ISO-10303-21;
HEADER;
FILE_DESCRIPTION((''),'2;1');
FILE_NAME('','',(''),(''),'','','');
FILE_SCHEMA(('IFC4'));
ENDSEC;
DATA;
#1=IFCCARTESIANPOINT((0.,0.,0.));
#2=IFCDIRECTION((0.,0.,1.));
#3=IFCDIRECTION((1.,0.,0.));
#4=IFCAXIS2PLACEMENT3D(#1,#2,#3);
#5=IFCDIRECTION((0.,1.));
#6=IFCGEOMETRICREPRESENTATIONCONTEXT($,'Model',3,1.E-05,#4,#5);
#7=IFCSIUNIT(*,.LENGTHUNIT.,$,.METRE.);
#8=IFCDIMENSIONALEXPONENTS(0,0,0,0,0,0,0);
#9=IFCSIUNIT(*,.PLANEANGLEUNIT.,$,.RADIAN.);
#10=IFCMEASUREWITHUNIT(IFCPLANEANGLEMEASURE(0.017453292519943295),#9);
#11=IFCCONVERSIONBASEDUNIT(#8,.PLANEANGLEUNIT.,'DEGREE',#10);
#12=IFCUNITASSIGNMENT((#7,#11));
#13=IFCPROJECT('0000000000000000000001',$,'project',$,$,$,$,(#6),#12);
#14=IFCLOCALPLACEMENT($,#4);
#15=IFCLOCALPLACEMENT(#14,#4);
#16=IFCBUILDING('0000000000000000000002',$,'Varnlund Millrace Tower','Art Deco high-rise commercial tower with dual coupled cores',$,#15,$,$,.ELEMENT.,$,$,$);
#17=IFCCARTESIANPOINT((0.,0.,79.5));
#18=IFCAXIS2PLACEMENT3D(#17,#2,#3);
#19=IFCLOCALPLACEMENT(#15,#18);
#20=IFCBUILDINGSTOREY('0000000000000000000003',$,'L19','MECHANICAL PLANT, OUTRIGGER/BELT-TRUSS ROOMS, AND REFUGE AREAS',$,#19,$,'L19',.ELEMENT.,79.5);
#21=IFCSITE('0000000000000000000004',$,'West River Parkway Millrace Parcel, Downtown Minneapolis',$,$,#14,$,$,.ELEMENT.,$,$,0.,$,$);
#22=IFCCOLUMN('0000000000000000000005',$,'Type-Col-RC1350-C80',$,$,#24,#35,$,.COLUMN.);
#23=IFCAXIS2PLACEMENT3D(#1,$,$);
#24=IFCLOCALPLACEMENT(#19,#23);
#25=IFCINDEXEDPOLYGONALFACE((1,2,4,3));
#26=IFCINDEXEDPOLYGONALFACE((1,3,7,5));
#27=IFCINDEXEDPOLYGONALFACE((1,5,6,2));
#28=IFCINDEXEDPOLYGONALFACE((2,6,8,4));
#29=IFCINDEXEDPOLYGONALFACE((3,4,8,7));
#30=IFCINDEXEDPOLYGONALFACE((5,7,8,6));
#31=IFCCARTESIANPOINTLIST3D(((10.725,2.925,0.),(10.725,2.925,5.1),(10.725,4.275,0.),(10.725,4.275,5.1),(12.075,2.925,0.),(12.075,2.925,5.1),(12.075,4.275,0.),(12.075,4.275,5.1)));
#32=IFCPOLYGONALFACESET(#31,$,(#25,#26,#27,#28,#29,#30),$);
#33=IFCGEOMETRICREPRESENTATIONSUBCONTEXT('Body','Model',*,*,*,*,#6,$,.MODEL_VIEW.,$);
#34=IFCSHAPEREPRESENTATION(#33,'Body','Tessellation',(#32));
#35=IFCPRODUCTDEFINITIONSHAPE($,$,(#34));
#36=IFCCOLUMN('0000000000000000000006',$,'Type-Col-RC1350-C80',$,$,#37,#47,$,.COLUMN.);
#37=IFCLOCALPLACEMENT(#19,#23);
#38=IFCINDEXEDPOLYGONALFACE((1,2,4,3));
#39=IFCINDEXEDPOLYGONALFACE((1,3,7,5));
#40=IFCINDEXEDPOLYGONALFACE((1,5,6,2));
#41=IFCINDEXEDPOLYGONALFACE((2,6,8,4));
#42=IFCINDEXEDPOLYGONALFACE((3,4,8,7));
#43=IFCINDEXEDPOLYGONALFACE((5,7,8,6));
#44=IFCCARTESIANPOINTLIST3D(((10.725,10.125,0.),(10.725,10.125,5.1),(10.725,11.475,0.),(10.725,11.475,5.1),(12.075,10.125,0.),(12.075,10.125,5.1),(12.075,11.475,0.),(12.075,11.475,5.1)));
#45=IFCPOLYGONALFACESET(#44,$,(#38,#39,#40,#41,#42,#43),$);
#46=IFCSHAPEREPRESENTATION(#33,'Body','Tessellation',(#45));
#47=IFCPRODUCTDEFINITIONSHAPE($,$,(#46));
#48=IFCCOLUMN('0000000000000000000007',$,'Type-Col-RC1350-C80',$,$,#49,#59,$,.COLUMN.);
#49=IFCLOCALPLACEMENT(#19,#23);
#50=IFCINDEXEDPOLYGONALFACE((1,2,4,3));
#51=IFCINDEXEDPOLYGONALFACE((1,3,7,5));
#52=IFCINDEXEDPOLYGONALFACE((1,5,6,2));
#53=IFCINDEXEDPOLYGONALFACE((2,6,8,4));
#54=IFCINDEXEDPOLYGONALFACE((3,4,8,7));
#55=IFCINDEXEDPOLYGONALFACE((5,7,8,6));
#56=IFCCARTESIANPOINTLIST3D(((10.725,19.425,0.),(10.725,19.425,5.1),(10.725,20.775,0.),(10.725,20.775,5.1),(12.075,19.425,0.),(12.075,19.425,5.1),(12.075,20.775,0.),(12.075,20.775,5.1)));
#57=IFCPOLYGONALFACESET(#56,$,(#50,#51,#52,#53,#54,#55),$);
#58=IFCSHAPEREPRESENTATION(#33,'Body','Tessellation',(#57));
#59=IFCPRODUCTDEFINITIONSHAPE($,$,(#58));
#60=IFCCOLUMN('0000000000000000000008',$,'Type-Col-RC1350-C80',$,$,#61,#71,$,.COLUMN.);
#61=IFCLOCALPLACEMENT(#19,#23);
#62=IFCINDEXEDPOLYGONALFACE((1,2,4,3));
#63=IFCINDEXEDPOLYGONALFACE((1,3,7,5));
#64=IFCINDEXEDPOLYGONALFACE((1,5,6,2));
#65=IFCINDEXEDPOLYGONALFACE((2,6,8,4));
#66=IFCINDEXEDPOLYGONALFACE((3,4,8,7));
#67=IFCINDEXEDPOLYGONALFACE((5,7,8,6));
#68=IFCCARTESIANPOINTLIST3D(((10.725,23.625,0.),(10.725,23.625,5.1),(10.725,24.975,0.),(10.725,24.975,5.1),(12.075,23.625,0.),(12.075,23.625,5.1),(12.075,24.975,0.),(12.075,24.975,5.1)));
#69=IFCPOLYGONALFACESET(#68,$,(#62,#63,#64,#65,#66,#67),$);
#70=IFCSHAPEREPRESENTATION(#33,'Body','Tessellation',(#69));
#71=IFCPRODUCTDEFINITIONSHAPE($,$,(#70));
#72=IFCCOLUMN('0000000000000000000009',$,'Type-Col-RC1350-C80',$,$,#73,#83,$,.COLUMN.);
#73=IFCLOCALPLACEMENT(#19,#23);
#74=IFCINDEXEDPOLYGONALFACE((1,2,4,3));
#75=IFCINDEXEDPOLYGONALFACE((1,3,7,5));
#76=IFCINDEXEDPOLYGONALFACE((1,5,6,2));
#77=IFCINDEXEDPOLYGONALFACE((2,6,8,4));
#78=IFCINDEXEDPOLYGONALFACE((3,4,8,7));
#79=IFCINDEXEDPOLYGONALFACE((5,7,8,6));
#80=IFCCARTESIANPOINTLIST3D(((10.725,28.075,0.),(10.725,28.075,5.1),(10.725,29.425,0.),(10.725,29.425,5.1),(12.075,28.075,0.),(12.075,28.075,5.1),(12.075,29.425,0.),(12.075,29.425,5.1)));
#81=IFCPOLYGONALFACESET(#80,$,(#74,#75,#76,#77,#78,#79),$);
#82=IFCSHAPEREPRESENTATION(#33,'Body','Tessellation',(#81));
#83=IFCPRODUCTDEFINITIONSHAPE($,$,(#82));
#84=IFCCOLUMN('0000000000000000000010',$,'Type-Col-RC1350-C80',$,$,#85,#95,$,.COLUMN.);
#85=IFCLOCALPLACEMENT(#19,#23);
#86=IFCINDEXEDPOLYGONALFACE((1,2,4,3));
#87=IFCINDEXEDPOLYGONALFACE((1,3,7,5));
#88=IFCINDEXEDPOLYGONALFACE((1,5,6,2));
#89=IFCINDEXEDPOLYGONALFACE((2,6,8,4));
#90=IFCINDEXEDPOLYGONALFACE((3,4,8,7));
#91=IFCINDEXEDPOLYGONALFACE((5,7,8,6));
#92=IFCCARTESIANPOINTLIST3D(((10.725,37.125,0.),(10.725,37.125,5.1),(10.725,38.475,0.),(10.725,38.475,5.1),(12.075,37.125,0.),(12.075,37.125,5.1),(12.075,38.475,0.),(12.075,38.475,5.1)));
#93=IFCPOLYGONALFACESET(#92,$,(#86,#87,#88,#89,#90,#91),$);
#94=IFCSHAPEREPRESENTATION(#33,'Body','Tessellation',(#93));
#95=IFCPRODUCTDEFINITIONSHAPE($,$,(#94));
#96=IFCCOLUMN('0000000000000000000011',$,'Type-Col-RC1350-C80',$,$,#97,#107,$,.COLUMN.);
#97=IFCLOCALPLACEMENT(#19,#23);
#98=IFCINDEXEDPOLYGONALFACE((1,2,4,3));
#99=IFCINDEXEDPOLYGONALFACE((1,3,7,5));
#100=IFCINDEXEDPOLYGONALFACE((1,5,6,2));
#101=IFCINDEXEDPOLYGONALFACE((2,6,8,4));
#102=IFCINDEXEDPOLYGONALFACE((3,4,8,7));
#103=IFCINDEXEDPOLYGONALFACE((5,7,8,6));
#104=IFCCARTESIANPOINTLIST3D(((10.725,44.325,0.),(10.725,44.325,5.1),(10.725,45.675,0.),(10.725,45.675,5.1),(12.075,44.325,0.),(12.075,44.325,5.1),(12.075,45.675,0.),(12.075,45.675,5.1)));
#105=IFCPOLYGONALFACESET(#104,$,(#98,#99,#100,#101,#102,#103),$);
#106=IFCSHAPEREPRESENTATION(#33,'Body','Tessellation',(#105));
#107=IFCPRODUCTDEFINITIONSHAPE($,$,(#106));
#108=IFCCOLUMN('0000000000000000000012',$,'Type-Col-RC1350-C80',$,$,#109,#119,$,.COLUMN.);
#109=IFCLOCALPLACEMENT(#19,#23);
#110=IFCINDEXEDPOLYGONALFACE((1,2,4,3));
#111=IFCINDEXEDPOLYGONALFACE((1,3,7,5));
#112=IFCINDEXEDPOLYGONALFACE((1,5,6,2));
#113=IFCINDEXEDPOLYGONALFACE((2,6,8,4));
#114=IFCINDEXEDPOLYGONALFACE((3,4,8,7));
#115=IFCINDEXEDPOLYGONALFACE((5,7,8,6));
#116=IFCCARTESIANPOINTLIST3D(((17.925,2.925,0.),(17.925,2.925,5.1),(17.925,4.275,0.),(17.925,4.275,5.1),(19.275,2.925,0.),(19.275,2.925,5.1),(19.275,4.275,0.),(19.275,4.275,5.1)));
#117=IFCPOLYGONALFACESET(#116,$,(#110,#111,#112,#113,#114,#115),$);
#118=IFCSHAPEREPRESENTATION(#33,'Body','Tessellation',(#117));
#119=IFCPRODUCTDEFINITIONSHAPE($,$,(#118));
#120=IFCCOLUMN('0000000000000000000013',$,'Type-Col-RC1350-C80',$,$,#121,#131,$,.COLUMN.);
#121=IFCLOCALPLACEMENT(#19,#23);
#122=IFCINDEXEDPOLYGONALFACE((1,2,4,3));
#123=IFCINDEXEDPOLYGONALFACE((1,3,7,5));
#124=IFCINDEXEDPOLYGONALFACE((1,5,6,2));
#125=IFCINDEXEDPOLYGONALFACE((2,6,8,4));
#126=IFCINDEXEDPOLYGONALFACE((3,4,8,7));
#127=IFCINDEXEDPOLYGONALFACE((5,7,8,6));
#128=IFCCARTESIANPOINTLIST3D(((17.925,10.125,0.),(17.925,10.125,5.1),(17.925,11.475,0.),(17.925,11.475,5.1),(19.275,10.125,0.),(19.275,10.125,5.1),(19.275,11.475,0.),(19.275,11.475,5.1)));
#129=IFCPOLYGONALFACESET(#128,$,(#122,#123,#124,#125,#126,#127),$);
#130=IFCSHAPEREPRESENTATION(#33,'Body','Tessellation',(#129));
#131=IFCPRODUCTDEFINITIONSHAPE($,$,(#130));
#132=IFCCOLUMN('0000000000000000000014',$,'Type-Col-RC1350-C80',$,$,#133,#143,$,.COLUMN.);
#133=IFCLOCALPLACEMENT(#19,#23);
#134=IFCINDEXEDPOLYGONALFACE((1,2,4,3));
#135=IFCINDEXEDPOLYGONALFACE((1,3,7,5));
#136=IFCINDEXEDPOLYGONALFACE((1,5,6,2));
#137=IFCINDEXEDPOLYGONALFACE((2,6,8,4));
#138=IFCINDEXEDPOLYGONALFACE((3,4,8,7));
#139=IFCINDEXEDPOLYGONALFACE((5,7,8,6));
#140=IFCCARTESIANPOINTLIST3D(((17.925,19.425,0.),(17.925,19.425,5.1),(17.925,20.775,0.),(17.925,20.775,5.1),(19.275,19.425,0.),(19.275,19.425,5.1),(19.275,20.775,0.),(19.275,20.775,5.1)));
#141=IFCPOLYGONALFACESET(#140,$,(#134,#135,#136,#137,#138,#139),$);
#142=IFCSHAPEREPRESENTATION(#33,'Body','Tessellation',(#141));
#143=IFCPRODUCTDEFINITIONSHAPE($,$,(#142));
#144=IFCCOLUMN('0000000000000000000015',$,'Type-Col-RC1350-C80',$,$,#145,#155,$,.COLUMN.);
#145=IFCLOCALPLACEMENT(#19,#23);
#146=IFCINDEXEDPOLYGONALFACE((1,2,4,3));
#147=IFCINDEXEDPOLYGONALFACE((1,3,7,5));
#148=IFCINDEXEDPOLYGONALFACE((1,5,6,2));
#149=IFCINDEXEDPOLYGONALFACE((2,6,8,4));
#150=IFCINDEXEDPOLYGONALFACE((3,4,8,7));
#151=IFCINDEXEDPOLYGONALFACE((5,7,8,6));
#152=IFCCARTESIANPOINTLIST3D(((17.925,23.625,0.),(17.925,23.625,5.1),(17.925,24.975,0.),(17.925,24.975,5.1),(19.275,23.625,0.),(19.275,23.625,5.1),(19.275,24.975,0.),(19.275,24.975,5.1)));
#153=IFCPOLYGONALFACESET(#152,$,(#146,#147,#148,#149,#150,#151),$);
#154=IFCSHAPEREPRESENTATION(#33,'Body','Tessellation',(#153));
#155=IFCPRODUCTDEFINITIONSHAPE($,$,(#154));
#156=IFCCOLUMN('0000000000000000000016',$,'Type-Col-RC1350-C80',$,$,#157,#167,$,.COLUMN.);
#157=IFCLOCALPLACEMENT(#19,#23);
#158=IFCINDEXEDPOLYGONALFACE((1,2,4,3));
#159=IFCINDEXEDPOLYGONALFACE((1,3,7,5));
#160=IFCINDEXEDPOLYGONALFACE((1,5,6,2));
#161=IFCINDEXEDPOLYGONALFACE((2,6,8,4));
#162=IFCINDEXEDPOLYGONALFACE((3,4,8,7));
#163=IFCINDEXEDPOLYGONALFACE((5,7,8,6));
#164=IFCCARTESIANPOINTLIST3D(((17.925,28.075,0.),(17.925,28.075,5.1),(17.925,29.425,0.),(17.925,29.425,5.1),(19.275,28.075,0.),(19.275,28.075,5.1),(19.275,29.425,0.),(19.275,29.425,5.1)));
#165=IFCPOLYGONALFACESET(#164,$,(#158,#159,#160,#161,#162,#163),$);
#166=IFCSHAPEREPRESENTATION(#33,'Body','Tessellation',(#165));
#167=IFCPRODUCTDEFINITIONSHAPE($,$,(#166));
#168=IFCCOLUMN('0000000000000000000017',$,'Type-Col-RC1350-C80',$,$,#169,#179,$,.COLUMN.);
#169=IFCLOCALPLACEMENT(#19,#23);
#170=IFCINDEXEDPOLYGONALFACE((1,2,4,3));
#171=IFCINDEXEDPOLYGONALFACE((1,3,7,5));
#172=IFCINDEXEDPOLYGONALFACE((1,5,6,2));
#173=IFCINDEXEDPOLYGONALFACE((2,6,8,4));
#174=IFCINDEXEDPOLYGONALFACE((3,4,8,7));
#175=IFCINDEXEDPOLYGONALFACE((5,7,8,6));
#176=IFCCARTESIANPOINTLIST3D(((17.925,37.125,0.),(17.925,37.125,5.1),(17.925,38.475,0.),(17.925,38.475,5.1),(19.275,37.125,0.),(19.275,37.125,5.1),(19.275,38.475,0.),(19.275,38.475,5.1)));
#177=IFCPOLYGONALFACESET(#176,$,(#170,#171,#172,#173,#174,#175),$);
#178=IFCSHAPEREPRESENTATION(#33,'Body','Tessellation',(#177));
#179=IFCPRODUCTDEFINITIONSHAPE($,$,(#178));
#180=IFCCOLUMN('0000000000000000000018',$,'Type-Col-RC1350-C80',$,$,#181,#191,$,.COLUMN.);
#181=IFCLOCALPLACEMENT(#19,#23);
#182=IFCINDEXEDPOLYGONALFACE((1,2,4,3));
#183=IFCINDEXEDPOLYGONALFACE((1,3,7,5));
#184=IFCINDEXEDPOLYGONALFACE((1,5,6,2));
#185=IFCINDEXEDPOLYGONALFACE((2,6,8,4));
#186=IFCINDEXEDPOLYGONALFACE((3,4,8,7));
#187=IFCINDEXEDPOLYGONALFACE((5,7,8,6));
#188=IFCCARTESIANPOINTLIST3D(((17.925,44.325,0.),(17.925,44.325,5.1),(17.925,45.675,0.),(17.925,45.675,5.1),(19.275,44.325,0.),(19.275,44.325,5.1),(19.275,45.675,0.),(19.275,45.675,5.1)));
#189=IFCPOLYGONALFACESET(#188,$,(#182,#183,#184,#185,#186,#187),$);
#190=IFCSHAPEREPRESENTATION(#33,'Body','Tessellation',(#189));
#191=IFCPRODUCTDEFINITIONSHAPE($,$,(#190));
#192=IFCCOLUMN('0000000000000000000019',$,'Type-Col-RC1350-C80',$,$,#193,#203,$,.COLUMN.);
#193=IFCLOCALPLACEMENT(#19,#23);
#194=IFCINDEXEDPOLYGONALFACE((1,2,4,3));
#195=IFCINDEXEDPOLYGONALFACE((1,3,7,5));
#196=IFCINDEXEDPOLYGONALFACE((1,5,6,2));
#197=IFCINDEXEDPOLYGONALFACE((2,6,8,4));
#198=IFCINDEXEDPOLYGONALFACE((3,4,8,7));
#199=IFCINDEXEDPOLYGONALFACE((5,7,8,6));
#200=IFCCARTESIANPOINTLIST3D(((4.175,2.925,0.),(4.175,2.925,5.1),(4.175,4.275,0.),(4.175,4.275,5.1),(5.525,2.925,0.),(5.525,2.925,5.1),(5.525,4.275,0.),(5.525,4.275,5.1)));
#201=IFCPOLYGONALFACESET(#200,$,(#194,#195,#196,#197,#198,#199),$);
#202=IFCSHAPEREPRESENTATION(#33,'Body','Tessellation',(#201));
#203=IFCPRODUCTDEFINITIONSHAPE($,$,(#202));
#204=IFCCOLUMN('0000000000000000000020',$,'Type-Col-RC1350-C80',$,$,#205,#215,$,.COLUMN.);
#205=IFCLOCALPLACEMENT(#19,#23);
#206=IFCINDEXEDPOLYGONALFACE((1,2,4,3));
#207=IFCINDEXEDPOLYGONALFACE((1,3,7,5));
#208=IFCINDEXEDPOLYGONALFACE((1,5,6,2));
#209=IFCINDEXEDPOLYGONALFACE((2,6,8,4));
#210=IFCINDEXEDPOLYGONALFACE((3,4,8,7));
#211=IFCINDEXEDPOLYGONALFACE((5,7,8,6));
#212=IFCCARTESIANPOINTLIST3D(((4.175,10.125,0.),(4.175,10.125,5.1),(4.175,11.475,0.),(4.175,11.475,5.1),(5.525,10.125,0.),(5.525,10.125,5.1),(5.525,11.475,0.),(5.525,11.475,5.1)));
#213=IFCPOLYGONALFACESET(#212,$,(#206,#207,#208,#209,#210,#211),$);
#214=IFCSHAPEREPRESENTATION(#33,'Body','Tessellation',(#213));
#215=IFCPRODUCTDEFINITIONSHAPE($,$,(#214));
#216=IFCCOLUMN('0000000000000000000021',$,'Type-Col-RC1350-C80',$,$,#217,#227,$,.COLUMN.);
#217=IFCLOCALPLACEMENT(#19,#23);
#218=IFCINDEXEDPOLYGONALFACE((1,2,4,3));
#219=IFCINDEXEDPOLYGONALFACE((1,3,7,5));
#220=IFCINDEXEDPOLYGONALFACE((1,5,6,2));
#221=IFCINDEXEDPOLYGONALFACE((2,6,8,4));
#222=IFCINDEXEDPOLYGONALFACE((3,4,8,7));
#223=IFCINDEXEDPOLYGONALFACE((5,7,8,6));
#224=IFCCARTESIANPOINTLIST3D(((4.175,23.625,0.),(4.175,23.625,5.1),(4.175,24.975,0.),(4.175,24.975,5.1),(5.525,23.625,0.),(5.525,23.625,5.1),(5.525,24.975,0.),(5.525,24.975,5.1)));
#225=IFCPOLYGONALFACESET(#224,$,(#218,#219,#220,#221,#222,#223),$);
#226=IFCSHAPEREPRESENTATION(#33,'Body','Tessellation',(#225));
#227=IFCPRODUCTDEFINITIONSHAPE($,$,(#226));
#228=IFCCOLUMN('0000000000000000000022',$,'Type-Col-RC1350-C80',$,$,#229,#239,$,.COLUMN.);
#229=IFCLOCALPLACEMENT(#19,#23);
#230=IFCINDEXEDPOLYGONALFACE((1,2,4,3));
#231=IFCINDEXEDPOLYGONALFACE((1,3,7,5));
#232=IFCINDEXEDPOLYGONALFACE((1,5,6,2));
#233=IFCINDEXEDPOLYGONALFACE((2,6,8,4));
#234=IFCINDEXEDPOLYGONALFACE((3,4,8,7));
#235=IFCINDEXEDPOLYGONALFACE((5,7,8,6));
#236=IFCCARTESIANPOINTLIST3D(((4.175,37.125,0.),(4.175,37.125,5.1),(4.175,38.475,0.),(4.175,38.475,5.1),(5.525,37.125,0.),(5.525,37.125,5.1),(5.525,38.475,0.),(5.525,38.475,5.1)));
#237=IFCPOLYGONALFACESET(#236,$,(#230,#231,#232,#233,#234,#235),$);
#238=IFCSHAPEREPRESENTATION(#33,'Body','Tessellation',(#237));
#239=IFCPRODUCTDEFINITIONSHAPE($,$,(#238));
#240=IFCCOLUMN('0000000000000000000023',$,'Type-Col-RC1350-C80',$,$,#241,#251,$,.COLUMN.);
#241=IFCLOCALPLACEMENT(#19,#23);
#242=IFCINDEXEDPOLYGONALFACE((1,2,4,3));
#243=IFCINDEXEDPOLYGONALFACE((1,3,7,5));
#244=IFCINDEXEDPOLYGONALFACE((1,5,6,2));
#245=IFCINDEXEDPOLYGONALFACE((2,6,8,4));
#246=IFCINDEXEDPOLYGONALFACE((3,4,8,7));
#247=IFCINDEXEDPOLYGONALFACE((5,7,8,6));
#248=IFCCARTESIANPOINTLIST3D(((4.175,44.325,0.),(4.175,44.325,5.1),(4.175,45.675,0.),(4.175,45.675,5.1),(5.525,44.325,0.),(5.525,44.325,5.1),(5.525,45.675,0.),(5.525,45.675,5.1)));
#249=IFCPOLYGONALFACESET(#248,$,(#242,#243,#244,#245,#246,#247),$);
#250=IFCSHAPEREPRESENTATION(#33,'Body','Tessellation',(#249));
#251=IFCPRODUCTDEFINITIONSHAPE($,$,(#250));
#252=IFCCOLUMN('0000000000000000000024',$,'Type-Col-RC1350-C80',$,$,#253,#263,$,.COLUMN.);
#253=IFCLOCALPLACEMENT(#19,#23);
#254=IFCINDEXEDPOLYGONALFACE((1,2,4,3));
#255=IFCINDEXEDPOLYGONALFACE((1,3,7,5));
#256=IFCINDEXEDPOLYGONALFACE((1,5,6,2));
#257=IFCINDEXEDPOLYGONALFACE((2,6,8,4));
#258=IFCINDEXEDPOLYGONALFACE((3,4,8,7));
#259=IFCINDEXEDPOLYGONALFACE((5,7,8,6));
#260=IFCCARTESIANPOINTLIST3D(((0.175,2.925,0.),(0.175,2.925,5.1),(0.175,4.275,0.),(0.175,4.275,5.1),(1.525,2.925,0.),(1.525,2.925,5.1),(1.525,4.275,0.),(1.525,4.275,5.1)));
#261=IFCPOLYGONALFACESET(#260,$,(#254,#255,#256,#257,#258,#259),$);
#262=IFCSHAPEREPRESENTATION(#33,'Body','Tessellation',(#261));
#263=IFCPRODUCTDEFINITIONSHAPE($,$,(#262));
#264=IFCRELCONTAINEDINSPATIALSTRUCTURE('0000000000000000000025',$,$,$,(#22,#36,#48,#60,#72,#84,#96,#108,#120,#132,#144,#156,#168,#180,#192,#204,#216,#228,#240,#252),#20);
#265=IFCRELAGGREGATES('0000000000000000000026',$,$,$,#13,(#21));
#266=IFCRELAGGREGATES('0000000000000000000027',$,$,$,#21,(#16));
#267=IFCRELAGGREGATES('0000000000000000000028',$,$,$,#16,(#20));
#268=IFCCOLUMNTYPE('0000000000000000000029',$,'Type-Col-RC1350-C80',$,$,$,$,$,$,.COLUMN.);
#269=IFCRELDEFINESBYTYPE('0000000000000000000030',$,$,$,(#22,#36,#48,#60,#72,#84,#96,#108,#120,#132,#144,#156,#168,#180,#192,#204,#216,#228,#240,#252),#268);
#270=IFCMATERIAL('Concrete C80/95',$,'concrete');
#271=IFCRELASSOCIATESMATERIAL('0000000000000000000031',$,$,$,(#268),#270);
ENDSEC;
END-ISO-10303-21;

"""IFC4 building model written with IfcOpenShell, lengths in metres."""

from ifc_helpers import new_model, entity, si_unit, converted_unit, direction, frame, origin_with_axes, origin_2d_with_axis, place, context, subcontext, project, spatial, rectangle, extrude, material, material_profile, profile_set, type_object, element, save


model = new_model("IFC4")

# Units and contexts
model_context = context("Model", 3, precision=1e-05, world=origin_with_axes(), true_north=direction((0.0, 1.0)))
body_context = subcontext(model_context, "Body", "Model", "MODEL_VIEW")
ifc_project = project(units=[si_unit("LENGTHUNIT", "METRE"), converted_unit("PLANEANGLEUNIT", "DEGREE", entity("IfcPlaneAngleMeasure", 0.017453292519943295), si_unit("PLANEANGLEUNIT", "RADIAN"), dimensions=[0, 0, 0, 0, 0, 0, 0])], contexts=[model_context])

# Site, building, storey
site_placement = place(None, origin_with_axes())
site = spatial("IfcSite", under=ifc_project, at=site_placement, Name="West River Parkway Millrace Parcel, Downtown Minneapolis", CompositionType="ELEMENT", RefElevation=0.0)
building_placement = place(site_placement, origin_with_axes())
building = spatial("IfcBuilding", under=site, at=building_placement, Name="Varnlund Millrace Tower", Description="Art Deco high-rise commercial tower with dual coupled cores", CompositionType="ELEMENT")
storey_placement = place(building_placement, frame((0.0, 0.0, 79.5), z_axis=(0.0, 0.0, 1.0), x_axis=(1.0, 0.0, 0.0)))
storey = spatial("IfcBuildingStorey", under=building, at=storey_placement, Name="L19", Description="MECHANICAL PLANT, OUTRIGGER/BELT-TRUSS ROOMS, AND REFUGE AREAS", LongName="L19", CompositionType="ELEMENT", Elevation=79.5)

# Columns
ifc_material_1 = material(Name="Concrete C80/95", Category="concrete")
ifc_material_profile = material_profile(ifc_material_1, rectangle(XDim=1.35, YDim=1.35, at=origin_2d_with_axis()), Name="Concrete C80/95")
ifc_profile_set = profile_set([ifc_material_profile], Name="Concrete C80/95")
column_type = type_object("IfcColumnType", Name="Type-Col-RC1350-C80", PredefinedType="COLUMN", material=ifc_profile_set)
for number, where, z_axis, x_axis, name in (
    (1, (11.4, 3.6, 0.0), (0.0, 0.0, 1.0), (1.0, 0.0, 0.0), "Type-Col-RC1350-C80"),
    (2, (11.4, 10.8, 0.0), (0.0, 0.0, 1.0), (1.0, 0.0, 0.0), "Type-Col-RC1350-C80"),
    (3, (11.4, 20.1, 0.0), (0.0, 0.0, 1.0), (1.0, 0.0, 0.0), "Type-Col-RC1350-C80"),
    (4, (11.4, 24.3, 0.0), (0.0, 0.0, 1.0), (1.0, 0.0, 0.0), "Type-Col-RC1350-C80"),
    (5, (11.4, 28.75, 0.0), (0.0, 0.0, 1.0), (1.0, 0.0, 0.0), "Type-Col-RC1350-C80"),
    (6, (11.4, 37.8, 0.0), (0.0, 0.0, 1.0), (1.0, 0.0, 0.0), "Type-Col-RC1350-C80"),
    (7, (11.4, 45.0, 0.0), (0.0, 0.0, 1.0), (1.0, 0.0, 0.0), "Type-Col-RC1350-C80"),
    (8, (18.6, 3.6, 0.0), (0.0, 0.0, 1.0), (1.0, 0.0, 0.0), "Type-Col-RC1350-C80"),
    (9, (18.6, 10.8, 0.0), (0.0, 0.0, 1.0), (1.0, 0.0, 0.0), "Type-Col-RC1350-C80"),
    (10, (18.6, 20.1, 0.0), (0.0, 0.0, 1.0), (1.0, 0.0, 0.0), "Type-Col-RC1350-C80"),
    (11, (18.6, 24.3, 0.0), (0.0, 0.0, 1.0), (1.0, 0.0, 0.0), "Type-Col-RC1350-C80"),
    (12, (18.6, 28.75, 0.0), (0.0, 0.0, 1.0), (1.0, 0.0, 0.0), "Type-Col-RC1350-C80"),
    (13, (18.6, 37.8, 0.0), (0.0, 0.0, 1.0), (1.0, 0.0, 0.0), "Type-Col-RC1350-C80"),
    (14, (18.6, 45.0, 0.0), (0.0, 0.0, 1.0), (1.0, 0.0, 0.0), "Type-Col-RC1350-C80"),
    (15, (4.85, 3.6, 0.0), (0.0, 0.0, 1.0), (1.0, 0.0, 0.0), "Type-Col-RC1350-C80"),
    (16, (4.85, 10.8, 0.0), (0.0, 0.0, 1.0), (1.0, 0.0, 0.0), "Type-Col-RC1350-C80"),
    (17, (4.85, 24.3, 0.0), (0.0, 0.0, 1.0), (1.0, 0.0, 0.0), "Type-Col-RC1350-C80"),
    (18, (4.85, 37.8, 0.0), (0.0, 0.0, 1.0), (1.0, 0.0, 0.0), "Type-Col-RC1350-C80"),
    (19, (4.85, 45.0, 0.0), (0.0, 0.0, 1.0), (1.0, 0.0, 0.0), "Type-Col-RC1350-C80"),
    (20, (0.85, 3.6, 0.0), (0.0, 0.0, 1.0), (1.0, 0.0, 0.0), "Type-Col-RC1350-C80"),
):
    element("IfcColumn", number, at=place(storey_placement, frame(where, z_axis=z_axis, x_axis=x_axis)), inside=storey, type_object=column_type, Name=name, PredefinedType="COLUMN", context=body_context, shape_type="SweptSolid", body=[
        extrude(rectangle(XDim=1.35, YDim=1.35, at=origin_2d_with_axis()), origin_with_axes(), (0.0, 0.0, 1.0), 5.1),
    ])

save(model, "model.ifc")
